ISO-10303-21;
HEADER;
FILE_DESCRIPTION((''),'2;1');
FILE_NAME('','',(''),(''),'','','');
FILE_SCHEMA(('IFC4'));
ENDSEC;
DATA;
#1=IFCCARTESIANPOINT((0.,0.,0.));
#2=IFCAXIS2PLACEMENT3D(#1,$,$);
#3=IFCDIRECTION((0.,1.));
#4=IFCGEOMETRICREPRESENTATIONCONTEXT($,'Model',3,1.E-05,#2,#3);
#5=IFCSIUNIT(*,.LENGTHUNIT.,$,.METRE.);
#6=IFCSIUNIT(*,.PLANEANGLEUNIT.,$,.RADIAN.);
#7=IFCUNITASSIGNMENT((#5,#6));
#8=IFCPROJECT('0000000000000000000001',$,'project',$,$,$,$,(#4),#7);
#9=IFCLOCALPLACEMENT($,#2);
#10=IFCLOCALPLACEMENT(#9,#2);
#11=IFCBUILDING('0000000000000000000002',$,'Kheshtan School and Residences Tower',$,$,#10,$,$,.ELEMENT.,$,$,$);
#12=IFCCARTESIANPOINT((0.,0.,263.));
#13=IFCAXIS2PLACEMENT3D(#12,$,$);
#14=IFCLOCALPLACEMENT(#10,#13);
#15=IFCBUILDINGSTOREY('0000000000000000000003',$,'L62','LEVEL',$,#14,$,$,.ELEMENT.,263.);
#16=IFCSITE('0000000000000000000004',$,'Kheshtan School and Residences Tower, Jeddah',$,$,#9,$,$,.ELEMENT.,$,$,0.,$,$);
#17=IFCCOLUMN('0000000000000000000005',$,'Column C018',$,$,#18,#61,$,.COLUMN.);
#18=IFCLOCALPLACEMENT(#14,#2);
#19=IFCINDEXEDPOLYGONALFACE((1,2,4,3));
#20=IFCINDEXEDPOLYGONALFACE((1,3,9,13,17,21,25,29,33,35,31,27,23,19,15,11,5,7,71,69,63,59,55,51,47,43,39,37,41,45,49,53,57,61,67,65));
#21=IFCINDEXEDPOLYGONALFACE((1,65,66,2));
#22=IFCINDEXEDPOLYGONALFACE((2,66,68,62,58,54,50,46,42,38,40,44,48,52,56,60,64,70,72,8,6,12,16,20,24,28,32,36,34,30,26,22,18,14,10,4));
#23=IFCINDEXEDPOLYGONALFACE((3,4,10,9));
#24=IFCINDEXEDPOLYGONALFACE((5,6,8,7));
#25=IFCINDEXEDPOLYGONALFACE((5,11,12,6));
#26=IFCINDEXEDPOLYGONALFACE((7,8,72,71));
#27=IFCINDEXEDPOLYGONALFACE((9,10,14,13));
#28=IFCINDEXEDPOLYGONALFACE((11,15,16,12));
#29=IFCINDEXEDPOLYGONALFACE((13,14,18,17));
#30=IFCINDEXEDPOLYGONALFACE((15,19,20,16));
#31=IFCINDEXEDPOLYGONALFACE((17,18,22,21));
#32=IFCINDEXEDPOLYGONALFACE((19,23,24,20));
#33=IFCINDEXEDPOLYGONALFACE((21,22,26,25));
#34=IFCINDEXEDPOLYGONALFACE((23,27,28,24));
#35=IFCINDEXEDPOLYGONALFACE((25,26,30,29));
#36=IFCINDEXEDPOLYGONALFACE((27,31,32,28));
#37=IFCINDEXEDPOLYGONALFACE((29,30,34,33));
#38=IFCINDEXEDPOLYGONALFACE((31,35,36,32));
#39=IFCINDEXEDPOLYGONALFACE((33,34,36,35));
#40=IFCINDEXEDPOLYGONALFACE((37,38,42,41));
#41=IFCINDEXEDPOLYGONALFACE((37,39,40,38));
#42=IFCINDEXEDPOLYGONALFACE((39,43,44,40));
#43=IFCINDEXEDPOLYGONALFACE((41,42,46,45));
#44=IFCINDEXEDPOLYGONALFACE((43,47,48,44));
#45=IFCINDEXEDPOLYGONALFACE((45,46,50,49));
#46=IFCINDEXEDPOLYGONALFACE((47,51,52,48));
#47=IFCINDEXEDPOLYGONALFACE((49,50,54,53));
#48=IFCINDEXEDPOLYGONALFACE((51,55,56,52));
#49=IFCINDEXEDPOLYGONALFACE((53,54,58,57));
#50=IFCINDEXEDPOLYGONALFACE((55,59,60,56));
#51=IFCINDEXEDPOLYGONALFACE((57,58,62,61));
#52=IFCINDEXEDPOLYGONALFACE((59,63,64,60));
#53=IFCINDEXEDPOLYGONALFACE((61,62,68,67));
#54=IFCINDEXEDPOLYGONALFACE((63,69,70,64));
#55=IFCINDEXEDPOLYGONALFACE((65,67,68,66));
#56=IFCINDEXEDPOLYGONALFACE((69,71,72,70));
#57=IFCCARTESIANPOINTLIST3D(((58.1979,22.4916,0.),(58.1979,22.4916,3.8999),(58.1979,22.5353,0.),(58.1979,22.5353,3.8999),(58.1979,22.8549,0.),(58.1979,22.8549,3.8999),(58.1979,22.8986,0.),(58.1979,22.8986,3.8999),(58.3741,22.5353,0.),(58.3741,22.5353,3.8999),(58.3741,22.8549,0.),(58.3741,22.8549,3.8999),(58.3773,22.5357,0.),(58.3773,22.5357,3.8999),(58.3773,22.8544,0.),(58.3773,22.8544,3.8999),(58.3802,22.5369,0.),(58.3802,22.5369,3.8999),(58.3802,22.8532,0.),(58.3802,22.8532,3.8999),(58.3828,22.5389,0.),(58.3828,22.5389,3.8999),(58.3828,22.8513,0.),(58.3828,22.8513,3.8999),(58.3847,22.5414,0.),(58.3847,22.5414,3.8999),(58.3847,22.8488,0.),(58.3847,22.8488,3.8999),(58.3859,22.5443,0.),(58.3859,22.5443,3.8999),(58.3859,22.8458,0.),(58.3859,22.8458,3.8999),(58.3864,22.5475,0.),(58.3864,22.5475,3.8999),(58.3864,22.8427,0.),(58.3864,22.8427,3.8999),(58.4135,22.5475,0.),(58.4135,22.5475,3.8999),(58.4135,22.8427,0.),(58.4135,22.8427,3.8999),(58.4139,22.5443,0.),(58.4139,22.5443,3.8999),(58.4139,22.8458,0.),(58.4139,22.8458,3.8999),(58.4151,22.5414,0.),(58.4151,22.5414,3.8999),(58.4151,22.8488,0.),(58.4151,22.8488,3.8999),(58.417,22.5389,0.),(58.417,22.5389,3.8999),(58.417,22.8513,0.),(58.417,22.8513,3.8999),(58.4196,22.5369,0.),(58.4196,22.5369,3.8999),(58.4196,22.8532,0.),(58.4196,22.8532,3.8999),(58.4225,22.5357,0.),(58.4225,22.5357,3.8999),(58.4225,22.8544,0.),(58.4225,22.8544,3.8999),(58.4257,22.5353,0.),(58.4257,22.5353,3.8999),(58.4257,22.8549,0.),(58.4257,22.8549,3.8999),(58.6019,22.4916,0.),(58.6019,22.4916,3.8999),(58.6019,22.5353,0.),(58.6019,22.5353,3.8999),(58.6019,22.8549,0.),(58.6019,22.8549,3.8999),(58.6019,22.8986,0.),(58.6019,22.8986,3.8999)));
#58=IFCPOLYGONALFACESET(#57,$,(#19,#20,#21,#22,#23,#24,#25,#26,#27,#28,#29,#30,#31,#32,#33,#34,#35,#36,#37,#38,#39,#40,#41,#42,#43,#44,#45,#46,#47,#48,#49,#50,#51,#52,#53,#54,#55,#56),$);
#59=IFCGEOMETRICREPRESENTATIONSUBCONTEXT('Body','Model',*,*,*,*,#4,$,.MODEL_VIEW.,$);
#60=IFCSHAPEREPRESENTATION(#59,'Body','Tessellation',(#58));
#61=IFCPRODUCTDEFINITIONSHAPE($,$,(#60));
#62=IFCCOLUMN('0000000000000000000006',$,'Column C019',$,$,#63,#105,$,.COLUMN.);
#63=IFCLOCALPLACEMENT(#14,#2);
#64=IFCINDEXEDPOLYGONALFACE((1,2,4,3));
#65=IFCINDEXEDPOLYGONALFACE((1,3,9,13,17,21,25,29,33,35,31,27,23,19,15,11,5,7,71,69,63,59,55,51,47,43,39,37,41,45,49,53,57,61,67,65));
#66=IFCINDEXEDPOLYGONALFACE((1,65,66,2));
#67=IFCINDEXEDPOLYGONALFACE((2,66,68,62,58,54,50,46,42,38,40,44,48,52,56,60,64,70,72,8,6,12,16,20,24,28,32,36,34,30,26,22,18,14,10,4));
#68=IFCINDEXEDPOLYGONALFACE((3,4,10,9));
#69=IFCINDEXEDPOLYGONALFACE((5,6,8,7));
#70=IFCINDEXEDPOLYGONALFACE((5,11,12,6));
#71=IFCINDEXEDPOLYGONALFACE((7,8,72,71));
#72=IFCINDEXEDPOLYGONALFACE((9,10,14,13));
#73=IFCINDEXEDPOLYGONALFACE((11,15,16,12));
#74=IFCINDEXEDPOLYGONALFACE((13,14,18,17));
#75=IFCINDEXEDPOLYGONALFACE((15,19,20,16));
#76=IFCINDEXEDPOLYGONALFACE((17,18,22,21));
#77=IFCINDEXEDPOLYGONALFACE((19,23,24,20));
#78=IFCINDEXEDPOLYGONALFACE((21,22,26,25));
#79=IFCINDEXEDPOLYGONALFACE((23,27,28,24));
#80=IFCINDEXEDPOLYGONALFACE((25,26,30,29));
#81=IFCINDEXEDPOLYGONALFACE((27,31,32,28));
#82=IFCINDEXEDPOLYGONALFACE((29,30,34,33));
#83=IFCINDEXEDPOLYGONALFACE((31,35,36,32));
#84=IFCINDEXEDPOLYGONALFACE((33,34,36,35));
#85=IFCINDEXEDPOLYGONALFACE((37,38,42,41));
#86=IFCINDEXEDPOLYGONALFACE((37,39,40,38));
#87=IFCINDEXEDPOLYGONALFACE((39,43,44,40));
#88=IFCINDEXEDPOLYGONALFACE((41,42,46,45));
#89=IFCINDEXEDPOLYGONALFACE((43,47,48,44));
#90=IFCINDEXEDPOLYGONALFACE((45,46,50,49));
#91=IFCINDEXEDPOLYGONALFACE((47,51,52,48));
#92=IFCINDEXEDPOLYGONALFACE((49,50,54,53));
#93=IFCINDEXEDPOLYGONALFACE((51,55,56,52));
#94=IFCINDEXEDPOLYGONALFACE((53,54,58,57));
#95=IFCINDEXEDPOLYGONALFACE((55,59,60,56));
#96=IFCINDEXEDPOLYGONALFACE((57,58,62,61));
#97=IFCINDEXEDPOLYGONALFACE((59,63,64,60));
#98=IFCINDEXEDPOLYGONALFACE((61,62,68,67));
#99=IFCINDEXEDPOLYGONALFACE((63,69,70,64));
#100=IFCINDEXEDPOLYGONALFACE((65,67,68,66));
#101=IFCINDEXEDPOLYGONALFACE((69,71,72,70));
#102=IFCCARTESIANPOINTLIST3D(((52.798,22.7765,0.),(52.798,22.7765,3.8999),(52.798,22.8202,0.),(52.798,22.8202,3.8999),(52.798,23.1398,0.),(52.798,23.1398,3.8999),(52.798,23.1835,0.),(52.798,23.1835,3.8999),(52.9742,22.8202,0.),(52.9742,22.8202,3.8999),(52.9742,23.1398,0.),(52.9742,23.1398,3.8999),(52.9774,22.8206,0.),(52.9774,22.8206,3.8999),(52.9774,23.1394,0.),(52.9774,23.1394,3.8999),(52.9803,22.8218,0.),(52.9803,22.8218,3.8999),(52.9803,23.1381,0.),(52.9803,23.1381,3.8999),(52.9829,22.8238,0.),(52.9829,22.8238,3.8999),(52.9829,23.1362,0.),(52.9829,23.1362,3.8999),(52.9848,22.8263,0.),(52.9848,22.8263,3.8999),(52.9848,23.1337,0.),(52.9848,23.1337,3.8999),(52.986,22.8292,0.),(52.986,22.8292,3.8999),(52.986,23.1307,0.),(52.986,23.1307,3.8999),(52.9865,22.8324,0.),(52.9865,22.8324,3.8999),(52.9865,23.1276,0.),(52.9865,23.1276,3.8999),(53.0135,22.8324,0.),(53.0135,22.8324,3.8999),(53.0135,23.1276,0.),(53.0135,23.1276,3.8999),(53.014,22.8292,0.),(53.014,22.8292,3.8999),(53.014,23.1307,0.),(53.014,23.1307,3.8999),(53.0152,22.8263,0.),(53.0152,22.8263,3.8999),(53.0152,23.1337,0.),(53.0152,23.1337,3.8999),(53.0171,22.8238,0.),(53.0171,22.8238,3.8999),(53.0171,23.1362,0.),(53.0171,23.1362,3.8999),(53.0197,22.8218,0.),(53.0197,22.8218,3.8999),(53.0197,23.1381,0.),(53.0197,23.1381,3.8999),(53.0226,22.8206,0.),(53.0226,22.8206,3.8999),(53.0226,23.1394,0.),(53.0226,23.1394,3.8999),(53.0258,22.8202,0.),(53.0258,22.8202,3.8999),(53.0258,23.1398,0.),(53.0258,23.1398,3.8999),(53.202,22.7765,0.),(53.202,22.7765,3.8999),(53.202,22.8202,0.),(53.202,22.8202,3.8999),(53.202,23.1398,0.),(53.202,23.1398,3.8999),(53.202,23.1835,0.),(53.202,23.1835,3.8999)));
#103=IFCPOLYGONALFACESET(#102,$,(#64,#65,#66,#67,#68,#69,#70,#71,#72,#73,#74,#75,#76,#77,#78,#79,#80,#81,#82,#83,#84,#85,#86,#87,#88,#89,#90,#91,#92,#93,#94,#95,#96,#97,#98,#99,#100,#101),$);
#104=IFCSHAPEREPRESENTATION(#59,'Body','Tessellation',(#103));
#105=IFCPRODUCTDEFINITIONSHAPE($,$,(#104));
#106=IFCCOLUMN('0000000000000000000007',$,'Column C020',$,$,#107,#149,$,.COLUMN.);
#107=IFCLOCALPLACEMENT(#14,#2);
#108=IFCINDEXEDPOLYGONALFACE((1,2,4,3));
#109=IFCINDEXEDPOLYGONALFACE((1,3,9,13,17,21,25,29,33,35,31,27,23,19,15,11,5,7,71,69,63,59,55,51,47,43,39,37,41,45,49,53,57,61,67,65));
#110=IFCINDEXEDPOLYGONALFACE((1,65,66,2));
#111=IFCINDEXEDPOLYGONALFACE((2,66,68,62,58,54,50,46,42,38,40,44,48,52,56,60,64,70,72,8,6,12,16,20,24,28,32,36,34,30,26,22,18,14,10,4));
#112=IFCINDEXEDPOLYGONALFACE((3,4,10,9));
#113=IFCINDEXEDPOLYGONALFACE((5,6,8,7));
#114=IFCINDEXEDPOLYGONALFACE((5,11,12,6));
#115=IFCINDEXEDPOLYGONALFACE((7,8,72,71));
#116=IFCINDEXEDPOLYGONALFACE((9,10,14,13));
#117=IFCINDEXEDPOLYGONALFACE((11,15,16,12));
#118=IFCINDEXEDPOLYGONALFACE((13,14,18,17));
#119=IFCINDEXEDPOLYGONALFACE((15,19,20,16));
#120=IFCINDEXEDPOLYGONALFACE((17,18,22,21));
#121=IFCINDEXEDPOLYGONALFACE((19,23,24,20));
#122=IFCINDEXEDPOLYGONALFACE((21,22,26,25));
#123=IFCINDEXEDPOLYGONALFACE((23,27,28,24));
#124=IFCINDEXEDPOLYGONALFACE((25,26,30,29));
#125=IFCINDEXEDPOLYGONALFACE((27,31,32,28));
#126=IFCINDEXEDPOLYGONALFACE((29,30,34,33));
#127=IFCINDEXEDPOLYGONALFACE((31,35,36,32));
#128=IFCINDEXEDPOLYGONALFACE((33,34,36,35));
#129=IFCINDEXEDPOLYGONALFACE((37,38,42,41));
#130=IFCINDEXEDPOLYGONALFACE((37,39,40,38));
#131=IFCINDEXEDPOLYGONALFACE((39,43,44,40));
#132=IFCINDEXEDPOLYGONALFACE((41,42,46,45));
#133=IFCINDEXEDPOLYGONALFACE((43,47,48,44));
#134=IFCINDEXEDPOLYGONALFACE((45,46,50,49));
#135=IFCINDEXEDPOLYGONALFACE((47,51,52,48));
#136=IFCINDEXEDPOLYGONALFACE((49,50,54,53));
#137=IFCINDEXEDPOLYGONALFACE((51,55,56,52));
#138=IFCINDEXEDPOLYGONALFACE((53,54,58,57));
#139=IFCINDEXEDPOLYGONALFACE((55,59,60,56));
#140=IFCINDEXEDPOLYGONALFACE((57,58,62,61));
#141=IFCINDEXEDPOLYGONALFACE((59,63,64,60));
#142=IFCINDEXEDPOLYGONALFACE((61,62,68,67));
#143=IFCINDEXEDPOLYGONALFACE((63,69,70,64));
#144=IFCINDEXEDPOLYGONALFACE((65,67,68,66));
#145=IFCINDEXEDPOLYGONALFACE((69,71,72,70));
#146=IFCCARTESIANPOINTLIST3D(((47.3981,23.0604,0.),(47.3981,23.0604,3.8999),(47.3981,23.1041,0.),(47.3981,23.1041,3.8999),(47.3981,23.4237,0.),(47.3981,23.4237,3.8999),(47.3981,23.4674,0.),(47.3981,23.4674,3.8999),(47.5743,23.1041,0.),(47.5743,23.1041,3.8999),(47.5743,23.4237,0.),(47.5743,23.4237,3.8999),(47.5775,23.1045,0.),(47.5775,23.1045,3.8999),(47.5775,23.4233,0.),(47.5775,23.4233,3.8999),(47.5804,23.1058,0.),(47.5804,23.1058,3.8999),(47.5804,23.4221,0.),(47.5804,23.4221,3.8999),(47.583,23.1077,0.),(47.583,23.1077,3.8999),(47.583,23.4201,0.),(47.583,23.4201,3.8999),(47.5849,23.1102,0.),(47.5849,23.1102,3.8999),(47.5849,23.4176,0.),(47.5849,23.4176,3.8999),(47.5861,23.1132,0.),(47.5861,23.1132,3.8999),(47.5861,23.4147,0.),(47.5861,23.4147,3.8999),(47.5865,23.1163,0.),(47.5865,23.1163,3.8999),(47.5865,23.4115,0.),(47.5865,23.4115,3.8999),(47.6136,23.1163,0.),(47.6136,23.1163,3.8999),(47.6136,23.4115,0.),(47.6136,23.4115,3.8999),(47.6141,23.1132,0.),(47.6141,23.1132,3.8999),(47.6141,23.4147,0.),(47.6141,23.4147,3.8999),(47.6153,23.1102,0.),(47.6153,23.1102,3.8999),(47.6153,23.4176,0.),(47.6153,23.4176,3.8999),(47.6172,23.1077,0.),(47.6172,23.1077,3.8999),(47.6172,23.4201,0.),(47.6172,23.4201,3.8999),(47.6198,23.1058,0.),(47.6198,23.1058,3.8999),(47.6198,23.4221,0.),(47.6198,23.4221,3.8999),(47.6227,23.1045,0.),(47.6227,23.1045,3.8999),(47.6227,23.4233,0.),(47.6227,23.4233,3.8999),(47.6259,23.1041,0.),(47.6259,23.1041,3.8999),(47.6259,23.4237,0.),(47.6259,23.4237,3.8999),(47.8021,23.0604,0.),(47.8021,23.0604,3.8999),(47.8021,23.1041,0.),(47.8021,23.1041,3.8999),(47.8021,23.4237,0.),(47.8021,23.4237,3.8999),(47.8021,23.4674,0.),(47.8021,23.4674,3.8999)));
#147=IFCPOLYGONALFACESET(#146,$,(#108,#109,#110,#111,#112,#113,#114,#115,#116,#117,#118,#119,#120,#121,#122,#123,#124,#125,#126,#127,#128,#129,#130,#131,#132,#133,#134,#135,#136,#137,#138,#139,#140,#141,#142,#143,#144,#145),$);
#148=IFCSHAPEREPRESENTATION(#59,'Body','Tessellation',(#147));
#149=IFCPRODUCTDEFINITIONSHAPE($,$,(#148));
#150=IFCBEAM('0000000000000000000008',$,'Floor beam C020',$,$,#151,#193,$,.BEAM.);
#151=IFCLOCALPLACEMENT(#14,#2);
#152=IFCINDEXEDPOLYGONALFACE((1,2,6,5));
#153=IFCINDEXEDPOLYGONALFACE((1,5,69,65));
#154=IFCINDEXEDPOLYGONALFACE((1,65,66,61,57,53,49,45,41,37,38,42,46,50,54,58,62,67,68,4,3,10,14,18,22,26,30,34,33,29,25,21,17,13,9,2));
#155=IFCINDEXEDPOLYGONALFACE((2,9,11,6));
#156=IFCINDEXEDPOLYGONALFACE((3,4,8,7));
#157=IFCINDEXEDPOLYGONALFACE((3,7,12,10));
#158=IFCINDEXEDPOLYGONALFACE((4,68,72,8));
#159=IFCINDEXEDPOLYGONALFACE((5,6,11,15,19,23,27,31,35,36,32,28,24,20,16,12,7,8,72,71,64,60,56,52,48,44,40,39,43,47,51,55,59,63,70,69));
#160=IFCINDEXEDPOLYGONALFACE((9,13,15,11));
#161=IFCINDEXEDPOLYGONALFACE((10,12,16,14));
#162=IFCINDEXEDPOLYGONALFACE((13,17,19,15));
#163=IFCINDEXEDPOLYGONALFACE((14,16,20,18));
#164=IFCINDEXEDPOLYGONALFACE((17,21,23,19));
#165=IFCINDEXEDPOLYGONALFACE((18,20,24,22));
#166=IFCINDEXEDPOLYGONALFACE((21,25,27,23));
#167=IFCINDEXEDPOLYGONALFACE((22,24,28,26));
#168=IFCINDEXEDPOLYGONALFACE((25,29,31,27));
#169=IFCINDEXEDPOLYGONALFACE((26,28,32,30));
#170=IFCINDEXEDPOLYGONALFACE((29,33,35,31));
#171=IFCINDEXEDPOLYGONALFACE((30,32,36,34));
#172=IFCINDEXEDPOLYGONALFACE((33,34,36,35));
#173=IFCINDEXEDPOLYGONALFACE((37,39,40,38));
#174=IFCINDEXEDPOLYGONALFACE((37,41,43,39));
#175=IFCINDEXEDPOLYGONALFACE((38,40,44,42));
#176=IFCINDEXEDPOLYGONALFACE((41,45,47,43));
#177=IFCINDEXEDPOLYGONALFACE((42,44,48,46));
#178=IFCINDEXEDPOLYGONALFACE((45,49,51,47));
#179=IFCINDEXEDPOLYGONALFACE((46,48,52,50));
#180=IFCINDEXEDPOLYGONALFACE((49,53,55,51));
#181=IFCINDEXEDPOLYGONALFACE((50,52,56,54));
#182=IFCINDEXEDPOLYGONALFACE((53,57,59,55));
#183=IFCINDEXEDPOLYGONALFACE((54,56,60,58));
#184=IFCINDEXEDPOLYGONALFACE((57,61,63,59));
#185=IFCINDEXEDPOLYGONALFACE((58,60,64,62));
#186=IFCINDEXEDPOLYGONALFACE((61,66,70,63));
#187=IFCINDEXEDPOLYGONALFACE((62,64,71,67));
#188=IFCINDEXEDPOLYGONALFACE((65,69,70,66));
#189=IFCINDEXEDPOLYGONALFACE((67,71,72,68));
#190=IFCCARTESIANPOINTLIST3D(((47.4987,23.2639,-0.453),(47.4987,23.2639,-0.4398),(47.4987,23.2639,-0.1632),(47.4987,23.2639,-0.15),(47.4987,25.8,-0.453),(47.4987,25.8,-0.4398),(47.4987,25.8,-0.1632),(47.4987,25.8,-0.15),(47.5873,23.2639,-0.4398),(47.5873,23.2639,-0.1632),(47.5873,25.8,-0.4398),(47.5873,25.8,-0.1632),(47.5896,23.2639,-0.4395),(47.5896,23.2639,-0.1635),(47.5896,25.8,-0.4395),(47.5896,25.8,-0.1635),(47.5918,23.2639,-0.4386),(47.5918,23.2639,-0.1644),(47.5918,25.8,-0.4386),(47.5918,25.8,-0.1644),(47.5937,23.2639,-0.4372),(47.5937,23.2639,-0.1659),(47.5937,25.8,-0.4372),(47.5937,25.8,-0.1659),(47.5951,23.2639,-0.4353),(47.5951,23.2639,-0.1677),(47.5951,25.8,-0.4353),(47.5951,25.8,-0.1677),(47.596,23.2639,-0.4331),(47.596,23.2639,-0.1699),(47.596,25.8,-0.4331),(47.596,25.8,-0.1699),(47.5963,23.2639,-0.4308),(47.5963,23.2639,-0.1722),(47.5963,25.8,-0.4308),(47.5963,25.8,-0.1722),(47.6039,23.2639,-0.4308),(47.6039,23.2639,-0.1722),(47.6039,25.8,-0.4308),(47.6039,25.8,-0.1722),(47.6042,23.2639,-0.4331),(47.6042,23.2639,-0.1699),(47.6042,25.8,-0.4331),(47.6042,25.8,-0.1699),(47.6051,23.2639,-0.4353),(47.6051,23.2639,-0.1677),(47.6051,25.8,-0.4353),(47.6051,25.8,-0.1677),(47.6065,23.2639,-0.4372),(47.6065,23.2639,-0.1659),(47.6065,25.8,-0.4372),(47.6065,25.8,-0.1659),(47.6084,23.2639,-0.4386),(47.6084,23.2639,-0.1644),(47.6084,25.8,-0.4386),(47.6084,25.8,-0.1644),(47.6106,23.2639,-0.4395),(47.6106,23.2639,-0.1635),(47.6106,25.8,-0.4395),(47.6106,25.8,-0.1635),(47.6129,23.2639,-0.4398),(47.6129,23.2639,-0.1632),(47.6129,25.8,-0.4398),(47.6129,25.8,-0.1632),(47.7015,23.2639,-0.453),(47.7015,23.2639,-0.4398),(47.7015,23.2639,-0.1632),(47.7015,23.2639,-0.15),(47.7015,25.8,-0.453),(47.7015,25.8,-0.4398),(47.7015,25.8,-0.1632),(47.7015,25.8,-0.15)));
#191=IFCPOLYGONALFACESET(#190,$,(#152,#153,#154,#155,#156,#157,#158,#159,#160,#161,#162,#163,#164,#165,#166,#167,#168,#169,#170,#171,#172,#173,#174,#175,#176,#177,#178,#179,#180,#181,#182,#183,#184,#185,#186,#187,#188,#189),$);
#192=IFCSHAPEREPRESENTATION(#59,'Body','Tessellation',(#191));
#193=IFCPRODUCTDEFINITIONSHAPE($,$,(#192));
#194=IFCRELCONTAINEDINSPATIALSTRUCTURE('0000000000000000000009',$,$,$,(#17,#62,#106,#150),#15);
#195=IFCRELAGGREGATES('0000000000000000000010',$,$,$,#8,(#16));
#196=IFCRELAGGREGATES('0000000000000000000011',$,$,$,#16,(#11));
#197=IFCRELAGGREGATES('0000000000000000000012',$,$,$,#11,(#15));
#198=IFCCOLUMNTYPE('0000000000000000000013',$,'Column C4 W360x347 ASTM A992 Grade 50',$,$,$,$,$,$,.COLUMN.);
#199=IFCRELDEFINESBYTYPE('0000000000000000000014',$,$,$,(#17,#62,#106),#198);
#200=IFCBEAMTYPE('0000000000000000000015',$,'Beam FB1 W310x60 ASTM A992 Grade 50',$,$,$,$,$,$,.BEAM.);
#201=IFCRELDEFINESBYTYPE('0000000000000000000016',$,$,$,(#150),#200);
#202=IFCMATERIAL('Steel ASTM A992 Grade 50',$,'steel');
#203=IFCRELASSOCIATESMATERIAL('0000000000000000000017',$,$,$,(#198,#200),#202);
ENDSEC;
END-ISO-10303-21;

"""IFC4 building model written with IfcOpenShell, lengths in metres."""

from ifc_helpers import new_model, si_unit, direction, frame, origin, origin_2d, place, context, subcontext, project, spatial, i_section, extrude, material, material_profile, profile_set, type_object, element, save


model = new_model("IFC4")

# Units and contexts
model_context = context("Model", 3, precision=1e-05, world=origin(), true_north=direction((0.0, 1.0)))
body_context = subcontext(model_context, "Body", "Model", "MODEL_VIEW")
ifc_project = project(units=[si_unit("LENGTHUNIT", "METRE"), si_unit("PLANEANGLEUNIT", "RADIAN")], contexts=[model_context])

# Site, building, storey
site_placement = place(None, origin())
site = spatial("IfcSite", under=ifc_project, at=site_placement, Name="Kheshtan School and Residences Tower, Jeddah", CompositionType="ELEMENT", RefElevation=0.0)
building_placement = place(site_placement, origin())
building = spatial("IfcBuilding", under=site, at=building_placement, Name="Kheshtan School and Residences Tower", CompositionType="ELEMENT")
storey_placement = place(building_placement, frame((0.0, 0.0, 263.0)))
storey = spatial("IfcBuildingStorey", under=building, at=storey_placement, Name="L62", Description="LEVEL", CompositionType="ELEMENT", Elevation=263.0)

# Columns
ifc_material_1 = material(Name="Steel ASTM A992 Grade 50", Category="steel")
ifc_material_profile_1 = material_profile(ifc_material_1, i_section(OverallWidth=0.4041, OverallDepth=0.407, WebThickness=0.0271, FlangeThickness=0.0437, FilletRadius=0.0122, at=origin_2d()), Name="W360x347")
ifc_profile_set_1 = profile_set([ifc_material_profile_1], Name="Steel ASTM A992 Grade 50")
column_type = type_object("IfcColumnType", Name="Column C4 W360x347 ASTM A992 Grade 50", PredefinedType="COLUMN", material=ifc_profile_set_1)
for number, where, z_axis, x_axis, name in (
    (1, (58.3999, 22.6951, 0.0), (0.0, 0.0, 1.0), (1.0, 0.0, 0.0), "Column C018"),
    (2, (53.0, 22.98, 0.0), (0.0, 0.0, 1.0), (1.0, 0.0, 0.0), "Column C019"),
    (3, (47.6001, 23.2639, 0.0), (0.0, 0.0, 1.0), (1.0, 0.0, 0.0), "Column C020"),
):
    element("IfcColumn", number, at=place(storey_placement, frame(where, z_axis=z_axis, x_axis=x_axis)), inside=storey, type_object=column_type, Name=name, PredefinedType="COLUMN", context=body_context, shape_type="SweptSolid", body=[
        extrude(i_section(OverallWidth=0.4041, OverallDepth=0.407, WebThickness=0.0271, FlangeThickness=0.0437, FilletRadius=0.0122, at=origin_2d()), origin(), (0.0, 0.0, 1.0), 3.8999),
    ])

# Beam
ifc_material_profile_2 = material_profile(ifc_material_1, i_section(OverallWidth=0.2029, OverallDepth=0.303, WebThickness=0.0076, FlangeThickness=0.0132, FilletRadius=0.009, at=origin_2d()), Name="W310x60")
ifc_profile_set_2 = profile_set([ifc_material_profile_2], Name="Steel ASTM A992 Grade 50")
beam_type_1 = type_object("IfcBeamType", Name="Beam FB1 W310x60 ASTM A992 Grade 50", PredefinedType="BEAM", material=ifc_profile_set_2)
beam_1_placement = place(storey_placement, frame((47.6001, 23.2639, -0.3015), z_axis=(0.0, 1.0, 0.0), x_axis=(-1.0, 0.0, 0.0)))
element("IfcBeam", 4, at=beam_1_placement, inside=storey, type_object=beam_type_1, Name="Floor beam C020", PredefinedType="BEAM", context=body_context, shape_type="SweptSolid", body=[
    extrude(i_section(OverallWidth=0.2029, OverallDepth=0.303, WebThickness=0.0076, FlangeThickness=0.0132, FilletRadius=0.009, at=origin_2d()), origin(), (0.0, 0.0, 1.0), 2.5361),
])

save(model, "model.ifc")
